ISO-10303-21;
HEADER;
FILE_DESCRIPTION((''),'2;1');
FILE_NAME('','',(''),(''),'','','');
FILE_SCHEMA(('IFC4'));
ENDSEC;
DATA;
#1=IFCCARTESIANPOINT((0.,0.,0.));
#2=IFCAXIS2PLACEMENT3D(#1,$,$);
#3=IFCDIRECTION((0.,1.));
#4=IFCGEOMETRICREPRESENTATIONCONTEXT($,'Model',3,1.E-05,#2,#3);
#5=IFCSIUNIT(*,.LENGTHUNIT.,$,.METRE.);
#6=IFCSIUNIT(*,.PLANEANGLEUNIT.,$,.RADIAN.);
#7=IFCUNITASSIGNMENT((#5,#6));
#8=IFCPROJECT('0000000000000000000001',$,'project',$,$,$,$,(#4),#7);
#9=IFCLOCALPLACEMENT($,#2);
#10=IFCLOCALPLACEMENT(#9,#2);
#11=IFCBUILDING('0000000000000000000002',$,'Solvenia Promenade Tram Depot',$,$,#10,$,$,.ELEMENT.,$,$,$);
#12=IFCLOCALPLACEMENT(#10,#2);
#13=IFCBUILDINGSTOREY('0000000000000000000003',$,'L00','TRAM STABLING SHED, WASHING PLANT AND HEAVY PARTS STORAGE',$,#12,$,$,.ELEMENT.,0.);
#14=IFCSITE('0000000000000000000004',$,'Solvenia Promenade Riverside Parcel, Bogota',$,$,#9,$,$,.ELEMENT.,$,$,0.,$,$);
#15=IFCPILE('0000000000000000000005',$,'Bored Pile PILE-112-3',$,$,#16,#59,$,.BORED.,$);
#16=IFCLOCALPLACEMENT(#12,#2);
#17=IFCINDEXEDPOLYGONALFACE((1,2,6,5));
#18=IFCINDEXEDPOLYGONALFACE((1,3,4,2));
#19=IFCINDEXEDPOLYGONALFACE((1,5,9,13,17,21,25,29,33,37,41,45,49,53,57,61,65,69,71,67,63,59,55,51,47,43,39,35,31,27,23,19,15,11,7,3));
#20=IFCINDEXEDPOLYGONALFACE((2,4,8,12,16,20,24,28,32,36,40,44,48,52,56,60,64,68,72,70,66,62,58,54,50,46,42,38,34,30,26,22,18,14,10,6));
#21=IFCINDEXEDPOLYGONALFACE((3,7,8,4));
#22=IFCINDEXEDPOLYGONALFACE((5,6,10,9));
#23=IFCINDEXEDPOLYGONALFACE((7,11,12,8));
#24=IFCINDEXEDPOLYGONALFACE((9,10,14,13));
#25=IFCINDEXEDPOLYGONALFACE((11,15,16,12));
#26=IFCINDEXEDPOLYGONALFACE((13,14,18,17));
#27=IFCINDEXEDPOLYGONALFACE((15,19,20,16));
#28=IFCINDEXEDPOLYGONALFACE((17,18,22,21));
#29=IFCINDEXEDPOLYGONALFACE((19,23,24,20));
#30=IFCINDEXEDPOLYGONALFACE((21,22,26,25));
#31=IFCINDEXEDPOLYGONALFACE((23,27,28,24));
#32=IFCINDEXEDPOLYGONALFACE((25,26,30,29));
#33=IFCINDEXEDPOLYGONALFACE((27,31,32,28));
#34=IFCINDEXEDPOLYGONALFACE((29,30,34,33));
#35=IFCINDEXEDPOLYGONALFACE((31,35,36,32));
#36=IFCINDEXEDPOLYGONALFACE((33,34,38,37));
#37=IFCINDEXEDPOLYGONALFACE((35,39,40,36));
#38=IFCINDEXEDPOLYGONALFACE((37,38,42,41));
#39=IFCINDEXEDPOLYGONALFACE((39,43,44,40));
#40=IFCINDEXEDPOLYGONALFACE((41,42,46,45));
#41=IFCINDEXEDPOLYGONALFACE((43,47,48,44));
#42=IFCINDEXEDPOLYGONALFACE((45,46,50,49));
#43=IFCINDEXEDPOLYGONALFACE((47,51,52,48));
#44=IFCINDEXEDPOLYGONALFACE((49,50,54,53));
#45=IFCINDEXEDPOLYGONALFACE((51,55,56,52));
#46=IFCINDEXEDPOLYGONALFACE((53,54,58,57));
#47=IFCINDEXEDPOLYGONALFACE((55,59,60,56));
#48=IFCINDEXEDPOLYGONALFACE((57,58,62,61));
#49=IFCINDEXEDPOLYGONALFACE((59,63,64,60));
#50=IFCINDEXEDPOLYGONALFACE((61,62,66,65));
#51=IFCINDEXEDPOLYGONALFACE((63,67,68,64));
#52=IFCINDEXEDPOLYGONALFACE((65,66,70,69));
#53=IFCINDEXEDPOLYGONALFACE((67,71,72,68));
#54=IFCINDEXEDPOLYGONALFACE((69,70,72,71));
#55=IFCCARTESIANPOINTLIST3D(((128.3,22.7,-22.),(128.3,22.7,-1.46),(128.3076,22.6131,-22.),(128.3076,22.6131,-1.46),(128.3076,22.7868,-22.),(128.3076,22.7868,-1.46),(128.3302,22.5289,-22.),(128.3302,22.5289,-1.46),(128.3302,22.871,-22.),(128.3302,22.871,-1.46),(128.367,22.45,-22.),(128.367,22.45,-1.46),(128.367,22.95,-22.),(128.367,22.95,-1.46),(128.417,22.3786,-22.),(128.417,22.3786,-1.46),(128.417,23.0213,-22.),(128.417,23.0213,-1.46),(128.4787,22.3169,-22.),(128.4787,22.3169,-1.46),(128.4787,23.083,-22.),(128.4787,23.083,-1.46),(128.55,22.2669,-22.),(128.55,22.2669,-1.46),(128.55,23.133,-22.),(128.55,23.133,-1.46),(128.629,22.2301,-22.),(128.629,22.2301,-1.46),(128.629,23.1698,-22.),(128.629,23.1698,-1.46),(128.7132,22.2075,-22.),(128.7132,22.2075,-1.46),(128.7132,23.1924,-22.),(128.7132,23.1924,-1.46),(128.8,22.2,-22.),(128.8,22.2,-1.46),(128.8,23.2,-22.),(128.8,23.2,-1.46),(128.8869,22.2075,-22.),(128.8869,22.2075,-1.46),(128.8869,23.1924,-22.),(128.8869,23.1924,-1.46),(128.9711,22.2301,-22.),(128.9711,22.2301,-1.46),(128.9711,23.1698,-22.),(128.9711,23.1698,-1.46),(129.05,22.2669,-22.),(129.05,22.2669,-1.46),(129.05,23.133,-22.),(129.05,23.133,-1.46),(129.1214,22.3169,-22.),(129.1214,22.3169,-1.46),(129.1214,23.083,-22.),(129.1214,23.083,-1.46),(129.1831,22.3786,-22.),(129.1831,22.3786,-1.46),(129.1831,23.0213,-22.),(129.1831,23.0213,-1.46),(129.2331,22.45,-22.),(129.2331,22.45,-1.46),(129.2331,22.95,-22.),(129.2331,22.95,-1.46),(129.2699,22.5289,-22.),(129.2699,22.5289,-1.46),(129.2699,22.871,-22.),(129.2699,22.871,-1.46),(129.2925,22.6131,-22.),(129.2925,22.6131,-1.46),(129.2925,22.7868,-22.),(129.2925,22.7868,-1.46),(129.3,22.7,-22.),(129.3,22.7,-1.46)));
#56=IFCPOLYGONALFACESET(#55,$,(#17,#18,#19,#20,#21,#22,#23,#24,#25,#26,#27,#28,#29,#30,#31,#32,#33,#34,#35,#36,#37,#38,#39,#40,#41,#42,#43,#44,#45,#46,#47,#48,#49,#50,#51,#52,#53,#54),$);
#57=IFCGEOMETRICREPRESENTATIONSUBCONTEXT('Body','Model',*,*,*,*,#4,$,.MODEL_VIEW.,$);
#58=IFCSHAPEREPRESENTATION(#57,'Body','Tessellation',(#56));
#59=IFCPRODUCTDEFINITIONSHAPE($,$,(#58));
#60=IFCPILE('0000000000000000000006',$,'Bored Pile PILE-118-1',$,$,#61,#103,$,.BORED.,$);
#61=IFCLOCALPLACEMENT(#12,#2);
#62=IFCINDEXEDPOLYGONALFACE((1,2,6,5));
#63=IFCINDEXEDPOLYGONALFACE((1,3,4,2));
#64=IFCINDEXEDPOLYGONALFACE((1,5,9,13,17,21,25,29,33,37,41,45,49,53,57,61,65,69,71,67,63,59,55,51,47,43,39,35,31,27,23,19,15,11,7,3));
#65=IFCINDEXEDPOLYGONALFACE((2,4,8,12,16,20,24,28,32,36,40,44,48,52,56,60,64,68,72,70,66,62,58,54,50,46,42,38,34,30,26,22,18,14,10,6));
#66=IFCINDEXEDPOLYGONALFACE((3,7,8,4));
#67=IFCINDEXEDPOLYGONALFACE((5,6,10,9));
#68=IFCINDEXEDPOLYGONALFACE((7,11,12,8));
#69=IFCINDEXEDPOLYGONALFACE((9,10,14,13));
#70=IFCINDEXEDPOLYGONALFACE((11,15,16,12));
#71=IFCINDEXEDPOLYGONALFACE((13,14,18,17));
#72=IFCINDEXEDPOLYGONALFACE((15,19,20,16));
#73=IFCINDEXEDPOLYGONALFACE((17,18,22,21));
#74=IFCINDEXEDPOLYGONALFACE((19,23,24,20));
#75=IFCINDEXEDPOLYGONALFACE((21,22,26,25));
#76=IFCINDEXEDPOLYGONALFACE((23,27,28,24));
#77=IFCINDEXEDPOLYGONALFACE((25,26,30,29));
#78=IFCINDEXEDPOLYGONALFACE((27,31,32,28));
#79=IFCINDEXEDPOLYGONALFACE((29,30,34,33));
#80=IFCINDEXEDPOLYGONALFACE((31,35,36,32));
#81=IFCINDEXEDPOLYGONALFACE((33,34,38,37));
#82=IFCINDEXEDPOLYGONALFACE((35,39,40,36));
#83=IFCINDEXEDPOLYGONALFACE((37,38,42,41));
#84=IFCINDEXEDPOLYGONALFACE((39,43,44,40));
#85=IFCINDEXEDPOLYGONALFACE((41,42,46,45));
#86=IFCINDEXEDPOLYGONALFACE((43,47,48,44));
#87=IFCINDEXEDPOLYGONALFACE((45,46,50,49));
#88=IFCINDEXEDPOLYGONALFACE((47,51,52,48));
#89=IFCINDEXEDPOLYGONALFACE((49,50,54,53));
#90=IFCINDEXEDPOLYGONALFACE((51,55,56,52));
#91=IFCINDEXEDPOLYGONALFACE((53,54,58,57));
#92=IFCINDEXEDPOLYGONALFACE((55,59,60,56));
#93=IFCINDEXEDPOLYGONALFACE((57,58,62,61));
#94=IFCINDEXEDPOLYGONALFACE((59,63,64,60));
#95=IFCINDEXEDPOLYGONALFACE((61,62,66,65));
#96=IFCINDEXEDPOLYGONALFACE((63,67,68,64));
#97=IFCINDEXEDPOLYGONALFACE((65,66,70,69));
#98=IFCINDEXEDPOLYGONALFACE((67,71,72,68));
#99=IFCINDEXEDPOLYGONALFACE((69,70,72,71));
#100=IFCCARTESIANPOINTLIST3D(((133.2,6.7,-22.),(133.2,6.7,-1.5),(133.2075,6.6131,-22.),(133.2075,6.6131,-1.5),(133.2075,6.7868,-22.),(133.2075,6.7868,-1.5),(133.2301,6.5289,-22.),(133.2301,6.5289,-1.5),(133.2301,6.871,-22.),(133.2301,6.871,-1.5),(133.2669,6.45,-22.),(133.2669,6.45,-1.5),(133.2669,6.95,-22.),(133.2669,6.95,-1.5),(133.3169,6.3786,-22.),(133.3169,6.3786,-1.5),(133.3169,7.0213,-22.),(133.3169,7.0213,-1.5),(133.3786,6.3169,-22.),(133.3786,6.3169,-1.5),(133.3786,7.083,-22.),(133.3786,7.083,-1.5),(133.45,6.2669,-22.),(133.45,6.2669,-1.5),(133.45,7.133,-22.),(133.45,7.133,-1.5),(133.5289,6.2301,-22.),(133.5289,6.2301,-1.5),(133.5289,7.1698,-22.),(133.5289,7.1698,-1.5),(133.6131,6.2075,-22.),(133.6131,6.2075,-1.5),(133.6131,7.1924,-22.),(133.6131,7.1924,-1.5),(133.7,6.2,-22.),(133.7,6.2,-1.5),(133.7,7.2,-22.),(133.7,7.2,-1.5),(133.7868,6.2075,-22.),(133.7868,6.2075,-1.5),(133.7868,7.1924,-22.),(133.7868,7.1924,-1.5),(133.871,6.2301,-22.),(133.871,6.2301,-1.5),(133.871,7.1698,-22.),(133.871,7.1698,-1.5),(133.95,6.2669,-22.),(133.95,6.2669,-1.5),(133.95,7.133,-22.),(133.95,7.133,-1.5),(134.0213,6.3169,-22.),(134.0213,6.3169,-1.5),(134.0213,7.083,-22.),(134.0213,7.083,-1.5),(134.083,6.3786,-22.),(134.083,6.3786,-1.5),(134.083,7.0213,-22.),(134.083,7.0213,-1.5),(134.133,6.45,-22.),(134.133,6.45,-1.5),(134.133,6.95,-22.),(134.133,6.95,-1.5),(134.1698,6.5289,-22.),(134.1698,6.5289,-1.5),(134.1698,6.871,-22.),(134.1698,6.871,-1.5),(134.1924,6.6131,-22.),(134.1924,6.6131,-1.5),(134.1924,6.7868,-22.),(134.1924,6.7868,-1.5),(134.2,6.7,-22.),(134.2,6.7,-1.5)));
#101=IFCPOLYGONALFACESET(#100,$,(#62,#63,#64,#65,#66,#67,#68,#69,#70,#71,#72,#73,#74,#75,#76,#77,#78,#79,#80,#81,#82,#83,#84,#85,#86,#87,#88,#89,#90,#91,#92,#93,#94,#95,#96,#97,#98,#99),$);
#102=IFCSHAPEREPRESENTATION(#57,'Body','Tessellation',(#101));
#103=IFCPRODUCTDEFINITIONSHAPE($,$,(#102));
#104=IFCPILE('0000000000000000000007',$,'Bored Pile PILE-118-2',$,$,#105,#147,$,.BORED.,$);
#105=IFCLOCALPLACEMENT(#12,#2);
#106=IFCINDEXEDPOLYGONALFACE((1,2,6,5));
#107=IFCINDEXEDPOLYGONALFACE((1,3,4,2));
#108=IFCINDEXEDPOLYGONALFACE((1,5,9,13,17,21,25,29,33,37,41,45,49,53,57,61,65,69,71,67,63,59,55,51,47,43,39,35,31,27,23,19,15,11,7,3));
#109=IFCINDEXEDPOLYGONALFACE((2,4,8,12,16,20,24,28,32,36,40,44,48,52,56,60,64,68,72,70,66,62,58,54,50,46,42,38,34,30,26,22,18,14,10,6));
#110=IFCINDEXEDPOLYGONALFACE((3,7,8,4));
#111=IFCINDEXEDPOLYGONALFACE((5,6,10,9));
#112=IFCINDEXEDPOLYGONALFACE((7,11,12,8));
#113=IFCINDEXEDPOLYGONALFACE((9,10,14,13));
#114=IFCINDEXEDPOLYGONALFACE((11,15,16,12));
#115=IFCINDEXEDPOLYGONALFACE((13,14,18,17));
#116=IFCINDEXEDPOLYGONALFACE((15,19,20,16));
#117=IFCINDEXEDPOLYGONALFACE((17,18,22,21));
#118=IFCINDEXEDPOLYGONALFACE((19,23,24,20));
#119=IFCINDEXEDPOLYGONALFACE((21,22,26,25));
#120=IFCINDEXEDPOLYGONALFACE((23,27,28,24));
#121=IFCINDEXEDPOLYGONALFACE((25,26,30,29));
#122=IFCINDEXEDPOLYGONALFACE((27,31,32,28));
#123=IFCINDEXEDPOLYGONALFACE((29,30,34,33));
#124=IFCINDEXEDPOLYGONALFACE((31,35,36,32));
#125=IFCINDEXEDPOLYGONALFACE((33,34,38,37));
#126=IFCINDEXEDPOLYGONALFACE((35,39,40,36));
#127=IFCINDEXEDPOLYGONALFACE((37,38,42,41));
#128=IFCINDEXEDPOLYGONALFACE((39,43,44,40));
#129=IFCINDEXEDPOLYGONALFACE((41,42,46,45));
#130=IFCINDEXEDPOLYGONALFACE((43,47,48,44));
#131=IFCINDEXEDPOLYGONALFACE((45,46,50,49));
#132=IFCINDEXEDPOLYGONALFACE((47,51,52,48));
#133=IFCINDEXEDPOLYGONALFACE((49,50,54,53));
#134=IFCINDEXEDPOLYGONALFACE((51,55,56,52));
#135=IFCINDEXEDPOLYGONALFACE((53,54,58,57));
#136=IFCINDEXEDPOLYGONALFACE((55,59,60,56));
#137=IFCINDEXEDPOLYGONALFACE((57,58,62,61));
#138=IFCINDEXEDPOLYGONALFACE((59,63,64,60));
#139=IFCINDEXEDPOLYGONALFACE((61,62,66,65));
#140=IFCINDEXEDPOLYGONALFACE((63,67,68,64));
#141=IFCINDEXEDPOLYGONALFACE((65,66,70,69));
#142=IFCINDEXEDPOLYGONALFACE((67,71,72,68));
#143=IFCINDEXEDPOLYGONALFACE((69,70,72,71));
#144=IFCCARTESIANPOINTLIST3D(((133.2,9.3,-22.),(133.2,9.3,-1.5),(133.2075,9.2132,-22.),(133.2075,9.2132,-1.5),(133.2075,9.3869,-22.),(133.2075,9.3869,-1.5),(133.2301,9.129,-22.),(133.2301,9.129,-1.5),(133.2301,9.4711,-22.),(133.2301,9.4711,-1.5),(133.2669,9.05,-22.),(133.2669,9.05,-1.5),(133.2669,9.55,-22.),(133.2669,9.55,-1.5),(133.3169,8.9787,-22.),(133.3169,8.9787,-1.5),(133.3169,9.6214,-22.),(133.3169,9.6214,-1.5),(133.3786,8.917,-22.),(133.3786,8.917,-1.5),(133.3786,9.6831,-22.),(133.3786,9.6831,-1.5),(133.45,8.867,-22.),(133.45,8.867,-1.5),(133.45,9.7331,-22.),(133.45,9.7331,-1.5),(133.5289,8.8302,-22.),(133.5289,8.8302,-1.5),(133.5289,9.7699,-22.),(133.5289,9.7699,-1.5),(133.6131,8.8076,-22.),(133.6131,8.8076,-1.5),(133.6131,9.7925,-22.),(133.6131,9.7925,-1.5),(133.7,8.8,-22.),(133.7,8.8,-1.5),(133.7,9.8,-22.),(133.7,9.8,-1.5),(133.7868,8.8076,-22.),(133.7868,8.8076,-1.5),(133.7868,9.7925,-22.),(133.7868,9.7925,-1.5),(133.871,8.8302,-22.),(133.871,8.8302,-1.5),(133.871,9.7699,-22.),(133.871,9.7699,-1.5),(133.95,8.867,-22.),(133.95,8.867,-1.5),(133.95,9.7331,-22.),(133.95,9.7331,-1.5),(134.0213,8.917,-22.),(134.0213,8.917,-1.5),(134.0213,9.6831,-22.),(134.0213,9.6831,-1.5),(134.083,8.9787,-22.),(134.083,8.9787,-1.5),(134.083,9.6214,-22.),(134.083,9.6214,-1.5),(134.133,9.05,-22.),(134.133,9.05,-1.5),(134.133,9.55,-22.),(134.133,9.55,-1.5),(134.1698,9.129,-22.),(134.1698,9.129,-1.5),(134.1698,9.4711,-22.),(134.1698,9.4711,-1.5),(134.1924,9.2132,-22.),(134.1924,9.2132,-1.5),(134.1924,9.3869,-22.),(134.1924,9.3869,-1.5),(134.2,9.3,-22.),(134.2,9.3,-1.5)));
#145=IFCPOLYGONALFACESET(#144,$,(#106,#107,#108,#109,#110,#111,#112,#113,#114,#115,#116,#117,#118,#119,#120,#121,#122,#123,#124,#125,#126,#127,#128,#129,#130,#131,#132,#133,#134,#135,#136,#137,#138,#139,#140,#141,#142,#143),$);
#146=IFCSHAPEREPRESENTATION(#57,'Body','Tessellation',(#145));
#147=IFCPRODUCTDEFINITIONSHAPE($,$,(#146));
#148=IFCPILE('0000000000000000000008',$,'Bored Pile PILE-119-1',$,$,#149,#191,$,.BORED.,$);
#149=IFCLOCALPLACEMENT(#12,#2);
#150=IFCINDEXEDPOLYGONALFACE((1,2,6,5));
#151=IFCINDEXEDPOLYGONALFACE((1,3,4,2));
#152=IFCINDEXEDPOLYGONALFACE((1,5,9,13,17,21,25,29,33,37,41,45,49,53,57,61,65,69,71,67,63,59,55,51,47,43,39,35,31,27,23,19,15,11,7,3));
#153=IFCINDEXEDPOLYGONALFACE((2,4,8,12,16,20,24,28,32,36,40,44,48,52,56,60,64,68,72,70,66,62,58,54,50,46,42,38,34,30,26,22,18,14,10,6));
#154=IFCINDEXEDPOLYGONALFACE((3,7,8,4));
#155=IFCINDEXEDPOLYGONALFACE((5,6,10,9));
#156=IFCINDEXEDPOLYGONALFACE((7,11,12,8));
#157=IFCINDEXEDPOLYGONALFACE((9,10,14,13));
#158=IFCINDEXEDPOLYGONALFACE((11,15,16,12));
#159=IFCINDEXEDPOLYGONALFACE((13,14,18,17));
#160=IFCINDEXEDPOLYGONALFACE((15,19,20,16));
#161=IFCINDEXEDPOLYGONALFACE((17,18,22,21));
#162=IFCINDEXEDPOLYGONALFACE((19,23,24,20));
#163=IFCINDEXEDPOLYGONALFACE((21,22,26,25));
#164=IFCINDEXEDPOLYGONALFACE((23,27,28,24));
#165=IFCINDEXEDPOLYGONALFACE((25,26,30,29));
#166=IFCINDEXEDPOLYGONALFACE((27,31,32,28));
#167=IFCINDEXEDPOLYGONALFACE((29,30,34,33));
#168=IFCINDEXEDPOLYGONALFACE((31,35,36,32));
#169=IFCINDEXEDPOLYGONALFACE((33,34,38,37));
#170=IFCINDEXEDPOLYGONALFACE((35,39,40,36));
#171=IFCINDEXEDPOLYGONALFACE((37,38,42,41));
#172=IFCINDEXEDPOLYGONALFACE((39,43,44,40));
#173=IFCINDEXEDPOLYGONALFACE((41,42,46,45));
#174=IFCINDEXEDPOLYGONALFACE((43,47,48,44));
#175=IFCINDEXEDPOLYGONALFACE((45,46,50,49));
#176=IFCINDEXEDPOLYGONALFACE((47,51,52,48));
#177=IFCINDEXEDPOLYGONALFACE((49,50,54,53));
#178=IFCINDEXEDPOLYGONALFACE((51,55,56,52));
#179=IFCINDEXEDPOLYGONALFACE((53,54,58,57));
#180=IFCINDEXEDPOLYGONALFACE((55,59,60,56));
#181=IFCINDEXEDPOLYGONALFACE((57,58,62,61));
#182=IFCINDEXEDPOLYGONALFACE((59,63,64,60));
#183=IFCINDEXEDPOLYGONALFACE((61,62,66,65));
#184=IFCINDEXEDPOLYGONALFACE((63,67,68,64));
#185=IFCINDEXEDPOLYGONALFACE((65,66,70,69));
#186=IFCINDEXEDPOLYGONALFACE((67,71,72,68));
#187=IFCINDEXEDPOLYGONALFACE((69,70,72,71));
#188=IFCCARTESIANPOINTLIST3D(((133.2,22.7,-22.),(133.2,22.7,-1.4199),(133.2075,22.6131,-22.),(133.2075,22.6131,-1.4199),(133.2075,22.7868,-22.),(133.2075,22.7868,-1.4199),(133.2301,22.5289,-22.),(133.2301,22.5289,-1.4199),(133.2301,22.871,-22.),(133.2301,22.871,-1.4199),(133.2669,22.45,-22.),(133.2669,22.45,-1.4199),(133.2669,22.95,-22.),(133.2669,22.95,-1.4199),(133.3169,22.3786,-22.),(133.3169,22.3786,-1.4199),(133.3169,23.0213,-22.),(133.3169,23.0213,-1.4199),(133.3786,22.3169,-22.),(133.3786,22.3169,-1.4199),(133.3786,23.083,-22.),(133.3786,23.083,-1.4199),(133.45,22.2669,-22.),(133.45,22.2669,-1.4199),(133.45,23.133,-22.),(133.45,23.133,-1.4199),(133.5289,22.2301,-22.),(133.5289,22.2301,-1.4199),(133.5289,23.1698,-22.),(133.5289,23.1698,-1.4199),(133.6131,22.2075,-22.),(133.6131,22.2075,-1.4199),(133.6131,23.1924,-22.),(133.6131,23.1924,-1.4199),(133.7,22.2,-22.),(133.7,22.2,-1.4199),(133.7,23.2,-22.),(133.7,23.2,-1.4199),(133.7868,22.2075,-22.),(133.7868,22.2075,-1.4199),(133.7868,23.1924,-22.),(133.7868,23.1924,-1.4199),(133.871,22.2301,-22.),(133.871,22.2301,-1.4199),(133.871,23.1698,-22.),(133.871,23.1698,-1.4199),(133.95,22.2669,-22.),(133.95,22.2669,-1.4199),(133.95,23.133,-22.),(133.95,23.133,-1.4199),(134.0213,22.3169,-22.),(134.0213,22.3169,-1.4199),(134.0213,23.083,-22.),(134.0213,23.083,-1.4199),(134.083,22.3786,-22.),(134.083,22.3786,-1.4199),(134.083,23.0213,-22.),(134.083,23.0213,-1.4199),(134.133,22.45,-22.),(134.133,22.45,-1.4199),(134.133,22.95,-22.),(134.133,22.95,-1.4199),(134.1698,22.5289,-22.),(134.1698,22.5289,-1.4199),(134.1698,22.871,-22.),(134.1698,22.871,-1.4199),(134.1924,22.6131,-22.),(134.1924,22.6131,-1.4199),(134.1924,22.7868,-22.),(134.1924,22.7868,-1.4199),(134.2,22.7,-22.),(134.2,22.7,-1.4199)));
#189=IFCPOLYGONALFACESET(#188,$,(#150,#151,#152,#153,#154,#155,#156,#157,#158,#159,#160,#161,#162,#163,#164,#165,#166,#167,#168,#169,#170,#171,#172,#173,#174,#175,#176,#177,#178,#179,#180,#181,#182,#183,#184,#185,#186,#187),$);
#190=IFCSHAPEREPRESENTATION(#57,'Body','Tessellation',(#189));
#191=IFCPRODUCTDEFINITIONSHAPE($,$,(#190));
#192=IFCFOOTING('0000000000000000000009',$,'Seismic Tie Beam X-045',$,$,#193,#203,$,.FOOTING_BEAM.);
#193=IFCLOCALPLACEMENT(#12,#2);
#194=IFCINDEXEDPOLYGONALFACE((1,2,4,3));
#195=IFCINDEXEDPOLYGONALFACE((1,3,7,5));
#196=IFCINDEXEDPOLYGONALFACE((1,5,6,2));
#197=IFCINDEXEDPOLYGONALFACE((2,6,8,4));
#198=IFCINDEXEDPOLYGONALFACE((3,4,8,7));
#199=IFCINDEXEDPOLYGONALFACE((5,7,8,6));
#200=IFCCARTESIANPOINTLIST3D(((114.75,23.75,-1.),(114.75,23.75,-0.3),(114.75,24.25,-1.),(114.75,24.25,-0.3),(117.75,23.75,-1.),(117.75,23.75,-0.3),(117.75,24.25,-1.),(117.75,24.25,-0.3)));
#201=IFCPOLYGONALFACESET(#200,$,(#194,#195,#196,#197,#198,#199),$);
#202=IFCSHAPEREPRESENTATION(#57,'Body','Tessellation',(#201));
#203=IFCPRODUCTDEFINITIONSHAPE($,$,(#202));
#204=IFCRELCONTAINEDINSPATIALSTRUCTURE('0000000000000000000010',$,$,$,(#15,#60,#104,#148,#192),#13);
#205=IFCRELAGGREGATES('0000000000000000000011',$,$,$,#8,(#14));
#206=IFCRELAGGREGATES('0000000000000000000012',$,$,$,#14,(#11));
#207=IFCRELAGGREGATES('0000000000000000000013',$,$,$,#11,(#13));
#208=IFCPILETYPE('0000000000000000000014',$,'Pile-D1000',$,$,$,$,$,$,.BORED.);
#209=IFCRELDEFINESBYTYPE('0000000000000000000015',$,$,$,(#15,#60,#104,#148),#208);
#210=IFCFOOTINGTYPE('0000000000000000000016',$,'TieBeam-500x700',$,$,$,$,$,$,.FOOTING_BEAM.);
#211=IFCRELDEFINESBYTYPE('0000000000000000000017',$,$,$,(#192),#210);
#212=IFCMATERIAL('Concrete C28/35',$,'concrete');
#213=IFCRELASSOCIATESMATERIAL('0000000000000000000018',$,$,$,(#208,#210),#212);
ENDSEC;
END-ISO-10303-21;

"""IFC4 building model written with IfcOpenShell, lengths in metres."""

from ifc_helpers import new_model, si_unit, direction, frame, origin, origin_2d, place, context, subcontext, project, spatial, rectangle, circle, extrude, material, material_profile, profile_set, type_object, element, save


model = new_model("IFC4")

# Units and contexts
model_context = context("Model", 3, precision=1e-05, world=origin(), true_north=direction((0.0, 1.0)))
body_context = subcontext(model_context, "Body", "Model", "MODEL_VIEW")
ifc_project = project(units=[si_unit("LENGTHUNIT", "METRE"), si_unit("PLANEANGLEUNIT", "RADIAN")], contexts=[model_context])

# Site, building, storey
site_placement = place(None, origin())
site = spatial("IfcSite", under=ifc_project, at=site_placement, Name="Solvenia Promenade Riverside Parcel, Bogota", CompositionType="ELEMENT", RefElevation=0.0)
building_placement = place(site_placement, origin())
building = spatial("IfcBuilding", under=site, at=building_placement, Name="Solvenia Promenade Tram Depot", CompositionType="ELEMENT")
storey_placement = place(building_placement, origin())
storey = spatial("IfcBuildingStorey", under=building, at=storey_placement, Name="L00", Description="TRAM STABLING SHED, WASHING PLANT AND HEAVY PARTS STORAGE", CompositionType="ELEMENT", Elevation=0.0)

# Shared definitions
ifc_material_1 = material(Name="Concrete C28/35", Category="concrete")

# Piles
ifc_material_profile_1 = material_profile(ifc_material_1, circle(Radius=0.5, at=origin_2d()), Name="D1000", Category="concrete")
ifc_profile_set_1 = profile_set([ifc_material_profile_1], Name="Concrete C28/35")
pile_type = type_object("IfcPileType", Name="Pile-D1000", PredefinedType="BORED", material=ifc_profile_set_1)
for number, where, z_axis, x_axis, name in (
    (1, (128.8, 22.7, -1.46), (0.0, 0.0, -1.0), (1.0, 0.0, 0.0), "Bored Pile PILE-112-3"),
):
    element("IfcPile", number, at=place(storey_placement, frame(where, z_axis=z_axis, x_axis=x_axis)), inside=storey, type_object=pile_type, Name=name, PredefinedType="BORED", context=body_context, shape_type="SweptSolid", body=[
        extrude(circle(Radius=0.5, at=origin_2d()), origin(), (0.0, 0.0, 1.0), 20.54),
    ])
for number, where, z_axis, x_axis, name in (
    (2, (133.7, 6.7, -1.5), (0.0, 0.0, -1.0), (1.0, 0.0, 0.0), "Bored Pile PILE-118-1"),
    (3, (133.7, 9.3, -1.5), (0.0, 0.0, -1.0), (1.0, 0.0, 0.0), "Bored Pile PILE-118-2"),
):
    element("IfcPile", number, at=place(storey_placement, frame(where, z_axis=z_axis, x_axis=x_axis)), inside=storey, type_object=pile_type, Name=name, PredefinedType="BORED", context=body_context, shape_type="SweptSolid", body=[
        extrude(circle(Radius=0.5, at=origin_2d()), origin(), (0.0, 0.0, 1.0), 20.5),
    ])
pile_placement = place(storey_placement, frame((133.7, 22.7, -1.4199), z_axis=(0.0, 0.0, -1.0), x_axis=(1.0, 0.0, 0.0)))
element("IfcPile", 4, at=pile_placement, inside=storey, type_object=pile_type, Name="Bored Pile PILE-119-1", PredefinedType="BORED", context=body_context, shape_type="SweptSolid", body=[
    extrude(circle(Radius=0.5, at=origin_2d()), origin(), (0.0, 0.0, 1.0), 20.5801),
])

# Footing
footing_type_1 = type_object("IfcFootingType", Name="TieBeam-500x700", PredefinedType="FOOTING_BEAM", material=ifc_material_1)
for number, where, z_axis, x_axis, name in (
    (5, (116.25, 24.0, -1.0), (0.0, 0.0, 1.0), (1.0, 0.0, 0.0), "Seismic Tie Beam X-045"),
):
    element("IfcFooting", number, at=place(storey_placement, frame(where, z_axis=z_axis, x_axis=x_axis)), inside=storey, type_object=footing_type_1, Name=name, PredefinedType="FOOTING_BEAM", context=body_context, shape_type="SweptSolid", body=[
        extrude(rectangle(XDim=3.0, YDim=0.5, at=origin_2d()), origin(), (0.0, 0.0, 1.0), 0.7),
    ])

save(model, "model.ifc")
